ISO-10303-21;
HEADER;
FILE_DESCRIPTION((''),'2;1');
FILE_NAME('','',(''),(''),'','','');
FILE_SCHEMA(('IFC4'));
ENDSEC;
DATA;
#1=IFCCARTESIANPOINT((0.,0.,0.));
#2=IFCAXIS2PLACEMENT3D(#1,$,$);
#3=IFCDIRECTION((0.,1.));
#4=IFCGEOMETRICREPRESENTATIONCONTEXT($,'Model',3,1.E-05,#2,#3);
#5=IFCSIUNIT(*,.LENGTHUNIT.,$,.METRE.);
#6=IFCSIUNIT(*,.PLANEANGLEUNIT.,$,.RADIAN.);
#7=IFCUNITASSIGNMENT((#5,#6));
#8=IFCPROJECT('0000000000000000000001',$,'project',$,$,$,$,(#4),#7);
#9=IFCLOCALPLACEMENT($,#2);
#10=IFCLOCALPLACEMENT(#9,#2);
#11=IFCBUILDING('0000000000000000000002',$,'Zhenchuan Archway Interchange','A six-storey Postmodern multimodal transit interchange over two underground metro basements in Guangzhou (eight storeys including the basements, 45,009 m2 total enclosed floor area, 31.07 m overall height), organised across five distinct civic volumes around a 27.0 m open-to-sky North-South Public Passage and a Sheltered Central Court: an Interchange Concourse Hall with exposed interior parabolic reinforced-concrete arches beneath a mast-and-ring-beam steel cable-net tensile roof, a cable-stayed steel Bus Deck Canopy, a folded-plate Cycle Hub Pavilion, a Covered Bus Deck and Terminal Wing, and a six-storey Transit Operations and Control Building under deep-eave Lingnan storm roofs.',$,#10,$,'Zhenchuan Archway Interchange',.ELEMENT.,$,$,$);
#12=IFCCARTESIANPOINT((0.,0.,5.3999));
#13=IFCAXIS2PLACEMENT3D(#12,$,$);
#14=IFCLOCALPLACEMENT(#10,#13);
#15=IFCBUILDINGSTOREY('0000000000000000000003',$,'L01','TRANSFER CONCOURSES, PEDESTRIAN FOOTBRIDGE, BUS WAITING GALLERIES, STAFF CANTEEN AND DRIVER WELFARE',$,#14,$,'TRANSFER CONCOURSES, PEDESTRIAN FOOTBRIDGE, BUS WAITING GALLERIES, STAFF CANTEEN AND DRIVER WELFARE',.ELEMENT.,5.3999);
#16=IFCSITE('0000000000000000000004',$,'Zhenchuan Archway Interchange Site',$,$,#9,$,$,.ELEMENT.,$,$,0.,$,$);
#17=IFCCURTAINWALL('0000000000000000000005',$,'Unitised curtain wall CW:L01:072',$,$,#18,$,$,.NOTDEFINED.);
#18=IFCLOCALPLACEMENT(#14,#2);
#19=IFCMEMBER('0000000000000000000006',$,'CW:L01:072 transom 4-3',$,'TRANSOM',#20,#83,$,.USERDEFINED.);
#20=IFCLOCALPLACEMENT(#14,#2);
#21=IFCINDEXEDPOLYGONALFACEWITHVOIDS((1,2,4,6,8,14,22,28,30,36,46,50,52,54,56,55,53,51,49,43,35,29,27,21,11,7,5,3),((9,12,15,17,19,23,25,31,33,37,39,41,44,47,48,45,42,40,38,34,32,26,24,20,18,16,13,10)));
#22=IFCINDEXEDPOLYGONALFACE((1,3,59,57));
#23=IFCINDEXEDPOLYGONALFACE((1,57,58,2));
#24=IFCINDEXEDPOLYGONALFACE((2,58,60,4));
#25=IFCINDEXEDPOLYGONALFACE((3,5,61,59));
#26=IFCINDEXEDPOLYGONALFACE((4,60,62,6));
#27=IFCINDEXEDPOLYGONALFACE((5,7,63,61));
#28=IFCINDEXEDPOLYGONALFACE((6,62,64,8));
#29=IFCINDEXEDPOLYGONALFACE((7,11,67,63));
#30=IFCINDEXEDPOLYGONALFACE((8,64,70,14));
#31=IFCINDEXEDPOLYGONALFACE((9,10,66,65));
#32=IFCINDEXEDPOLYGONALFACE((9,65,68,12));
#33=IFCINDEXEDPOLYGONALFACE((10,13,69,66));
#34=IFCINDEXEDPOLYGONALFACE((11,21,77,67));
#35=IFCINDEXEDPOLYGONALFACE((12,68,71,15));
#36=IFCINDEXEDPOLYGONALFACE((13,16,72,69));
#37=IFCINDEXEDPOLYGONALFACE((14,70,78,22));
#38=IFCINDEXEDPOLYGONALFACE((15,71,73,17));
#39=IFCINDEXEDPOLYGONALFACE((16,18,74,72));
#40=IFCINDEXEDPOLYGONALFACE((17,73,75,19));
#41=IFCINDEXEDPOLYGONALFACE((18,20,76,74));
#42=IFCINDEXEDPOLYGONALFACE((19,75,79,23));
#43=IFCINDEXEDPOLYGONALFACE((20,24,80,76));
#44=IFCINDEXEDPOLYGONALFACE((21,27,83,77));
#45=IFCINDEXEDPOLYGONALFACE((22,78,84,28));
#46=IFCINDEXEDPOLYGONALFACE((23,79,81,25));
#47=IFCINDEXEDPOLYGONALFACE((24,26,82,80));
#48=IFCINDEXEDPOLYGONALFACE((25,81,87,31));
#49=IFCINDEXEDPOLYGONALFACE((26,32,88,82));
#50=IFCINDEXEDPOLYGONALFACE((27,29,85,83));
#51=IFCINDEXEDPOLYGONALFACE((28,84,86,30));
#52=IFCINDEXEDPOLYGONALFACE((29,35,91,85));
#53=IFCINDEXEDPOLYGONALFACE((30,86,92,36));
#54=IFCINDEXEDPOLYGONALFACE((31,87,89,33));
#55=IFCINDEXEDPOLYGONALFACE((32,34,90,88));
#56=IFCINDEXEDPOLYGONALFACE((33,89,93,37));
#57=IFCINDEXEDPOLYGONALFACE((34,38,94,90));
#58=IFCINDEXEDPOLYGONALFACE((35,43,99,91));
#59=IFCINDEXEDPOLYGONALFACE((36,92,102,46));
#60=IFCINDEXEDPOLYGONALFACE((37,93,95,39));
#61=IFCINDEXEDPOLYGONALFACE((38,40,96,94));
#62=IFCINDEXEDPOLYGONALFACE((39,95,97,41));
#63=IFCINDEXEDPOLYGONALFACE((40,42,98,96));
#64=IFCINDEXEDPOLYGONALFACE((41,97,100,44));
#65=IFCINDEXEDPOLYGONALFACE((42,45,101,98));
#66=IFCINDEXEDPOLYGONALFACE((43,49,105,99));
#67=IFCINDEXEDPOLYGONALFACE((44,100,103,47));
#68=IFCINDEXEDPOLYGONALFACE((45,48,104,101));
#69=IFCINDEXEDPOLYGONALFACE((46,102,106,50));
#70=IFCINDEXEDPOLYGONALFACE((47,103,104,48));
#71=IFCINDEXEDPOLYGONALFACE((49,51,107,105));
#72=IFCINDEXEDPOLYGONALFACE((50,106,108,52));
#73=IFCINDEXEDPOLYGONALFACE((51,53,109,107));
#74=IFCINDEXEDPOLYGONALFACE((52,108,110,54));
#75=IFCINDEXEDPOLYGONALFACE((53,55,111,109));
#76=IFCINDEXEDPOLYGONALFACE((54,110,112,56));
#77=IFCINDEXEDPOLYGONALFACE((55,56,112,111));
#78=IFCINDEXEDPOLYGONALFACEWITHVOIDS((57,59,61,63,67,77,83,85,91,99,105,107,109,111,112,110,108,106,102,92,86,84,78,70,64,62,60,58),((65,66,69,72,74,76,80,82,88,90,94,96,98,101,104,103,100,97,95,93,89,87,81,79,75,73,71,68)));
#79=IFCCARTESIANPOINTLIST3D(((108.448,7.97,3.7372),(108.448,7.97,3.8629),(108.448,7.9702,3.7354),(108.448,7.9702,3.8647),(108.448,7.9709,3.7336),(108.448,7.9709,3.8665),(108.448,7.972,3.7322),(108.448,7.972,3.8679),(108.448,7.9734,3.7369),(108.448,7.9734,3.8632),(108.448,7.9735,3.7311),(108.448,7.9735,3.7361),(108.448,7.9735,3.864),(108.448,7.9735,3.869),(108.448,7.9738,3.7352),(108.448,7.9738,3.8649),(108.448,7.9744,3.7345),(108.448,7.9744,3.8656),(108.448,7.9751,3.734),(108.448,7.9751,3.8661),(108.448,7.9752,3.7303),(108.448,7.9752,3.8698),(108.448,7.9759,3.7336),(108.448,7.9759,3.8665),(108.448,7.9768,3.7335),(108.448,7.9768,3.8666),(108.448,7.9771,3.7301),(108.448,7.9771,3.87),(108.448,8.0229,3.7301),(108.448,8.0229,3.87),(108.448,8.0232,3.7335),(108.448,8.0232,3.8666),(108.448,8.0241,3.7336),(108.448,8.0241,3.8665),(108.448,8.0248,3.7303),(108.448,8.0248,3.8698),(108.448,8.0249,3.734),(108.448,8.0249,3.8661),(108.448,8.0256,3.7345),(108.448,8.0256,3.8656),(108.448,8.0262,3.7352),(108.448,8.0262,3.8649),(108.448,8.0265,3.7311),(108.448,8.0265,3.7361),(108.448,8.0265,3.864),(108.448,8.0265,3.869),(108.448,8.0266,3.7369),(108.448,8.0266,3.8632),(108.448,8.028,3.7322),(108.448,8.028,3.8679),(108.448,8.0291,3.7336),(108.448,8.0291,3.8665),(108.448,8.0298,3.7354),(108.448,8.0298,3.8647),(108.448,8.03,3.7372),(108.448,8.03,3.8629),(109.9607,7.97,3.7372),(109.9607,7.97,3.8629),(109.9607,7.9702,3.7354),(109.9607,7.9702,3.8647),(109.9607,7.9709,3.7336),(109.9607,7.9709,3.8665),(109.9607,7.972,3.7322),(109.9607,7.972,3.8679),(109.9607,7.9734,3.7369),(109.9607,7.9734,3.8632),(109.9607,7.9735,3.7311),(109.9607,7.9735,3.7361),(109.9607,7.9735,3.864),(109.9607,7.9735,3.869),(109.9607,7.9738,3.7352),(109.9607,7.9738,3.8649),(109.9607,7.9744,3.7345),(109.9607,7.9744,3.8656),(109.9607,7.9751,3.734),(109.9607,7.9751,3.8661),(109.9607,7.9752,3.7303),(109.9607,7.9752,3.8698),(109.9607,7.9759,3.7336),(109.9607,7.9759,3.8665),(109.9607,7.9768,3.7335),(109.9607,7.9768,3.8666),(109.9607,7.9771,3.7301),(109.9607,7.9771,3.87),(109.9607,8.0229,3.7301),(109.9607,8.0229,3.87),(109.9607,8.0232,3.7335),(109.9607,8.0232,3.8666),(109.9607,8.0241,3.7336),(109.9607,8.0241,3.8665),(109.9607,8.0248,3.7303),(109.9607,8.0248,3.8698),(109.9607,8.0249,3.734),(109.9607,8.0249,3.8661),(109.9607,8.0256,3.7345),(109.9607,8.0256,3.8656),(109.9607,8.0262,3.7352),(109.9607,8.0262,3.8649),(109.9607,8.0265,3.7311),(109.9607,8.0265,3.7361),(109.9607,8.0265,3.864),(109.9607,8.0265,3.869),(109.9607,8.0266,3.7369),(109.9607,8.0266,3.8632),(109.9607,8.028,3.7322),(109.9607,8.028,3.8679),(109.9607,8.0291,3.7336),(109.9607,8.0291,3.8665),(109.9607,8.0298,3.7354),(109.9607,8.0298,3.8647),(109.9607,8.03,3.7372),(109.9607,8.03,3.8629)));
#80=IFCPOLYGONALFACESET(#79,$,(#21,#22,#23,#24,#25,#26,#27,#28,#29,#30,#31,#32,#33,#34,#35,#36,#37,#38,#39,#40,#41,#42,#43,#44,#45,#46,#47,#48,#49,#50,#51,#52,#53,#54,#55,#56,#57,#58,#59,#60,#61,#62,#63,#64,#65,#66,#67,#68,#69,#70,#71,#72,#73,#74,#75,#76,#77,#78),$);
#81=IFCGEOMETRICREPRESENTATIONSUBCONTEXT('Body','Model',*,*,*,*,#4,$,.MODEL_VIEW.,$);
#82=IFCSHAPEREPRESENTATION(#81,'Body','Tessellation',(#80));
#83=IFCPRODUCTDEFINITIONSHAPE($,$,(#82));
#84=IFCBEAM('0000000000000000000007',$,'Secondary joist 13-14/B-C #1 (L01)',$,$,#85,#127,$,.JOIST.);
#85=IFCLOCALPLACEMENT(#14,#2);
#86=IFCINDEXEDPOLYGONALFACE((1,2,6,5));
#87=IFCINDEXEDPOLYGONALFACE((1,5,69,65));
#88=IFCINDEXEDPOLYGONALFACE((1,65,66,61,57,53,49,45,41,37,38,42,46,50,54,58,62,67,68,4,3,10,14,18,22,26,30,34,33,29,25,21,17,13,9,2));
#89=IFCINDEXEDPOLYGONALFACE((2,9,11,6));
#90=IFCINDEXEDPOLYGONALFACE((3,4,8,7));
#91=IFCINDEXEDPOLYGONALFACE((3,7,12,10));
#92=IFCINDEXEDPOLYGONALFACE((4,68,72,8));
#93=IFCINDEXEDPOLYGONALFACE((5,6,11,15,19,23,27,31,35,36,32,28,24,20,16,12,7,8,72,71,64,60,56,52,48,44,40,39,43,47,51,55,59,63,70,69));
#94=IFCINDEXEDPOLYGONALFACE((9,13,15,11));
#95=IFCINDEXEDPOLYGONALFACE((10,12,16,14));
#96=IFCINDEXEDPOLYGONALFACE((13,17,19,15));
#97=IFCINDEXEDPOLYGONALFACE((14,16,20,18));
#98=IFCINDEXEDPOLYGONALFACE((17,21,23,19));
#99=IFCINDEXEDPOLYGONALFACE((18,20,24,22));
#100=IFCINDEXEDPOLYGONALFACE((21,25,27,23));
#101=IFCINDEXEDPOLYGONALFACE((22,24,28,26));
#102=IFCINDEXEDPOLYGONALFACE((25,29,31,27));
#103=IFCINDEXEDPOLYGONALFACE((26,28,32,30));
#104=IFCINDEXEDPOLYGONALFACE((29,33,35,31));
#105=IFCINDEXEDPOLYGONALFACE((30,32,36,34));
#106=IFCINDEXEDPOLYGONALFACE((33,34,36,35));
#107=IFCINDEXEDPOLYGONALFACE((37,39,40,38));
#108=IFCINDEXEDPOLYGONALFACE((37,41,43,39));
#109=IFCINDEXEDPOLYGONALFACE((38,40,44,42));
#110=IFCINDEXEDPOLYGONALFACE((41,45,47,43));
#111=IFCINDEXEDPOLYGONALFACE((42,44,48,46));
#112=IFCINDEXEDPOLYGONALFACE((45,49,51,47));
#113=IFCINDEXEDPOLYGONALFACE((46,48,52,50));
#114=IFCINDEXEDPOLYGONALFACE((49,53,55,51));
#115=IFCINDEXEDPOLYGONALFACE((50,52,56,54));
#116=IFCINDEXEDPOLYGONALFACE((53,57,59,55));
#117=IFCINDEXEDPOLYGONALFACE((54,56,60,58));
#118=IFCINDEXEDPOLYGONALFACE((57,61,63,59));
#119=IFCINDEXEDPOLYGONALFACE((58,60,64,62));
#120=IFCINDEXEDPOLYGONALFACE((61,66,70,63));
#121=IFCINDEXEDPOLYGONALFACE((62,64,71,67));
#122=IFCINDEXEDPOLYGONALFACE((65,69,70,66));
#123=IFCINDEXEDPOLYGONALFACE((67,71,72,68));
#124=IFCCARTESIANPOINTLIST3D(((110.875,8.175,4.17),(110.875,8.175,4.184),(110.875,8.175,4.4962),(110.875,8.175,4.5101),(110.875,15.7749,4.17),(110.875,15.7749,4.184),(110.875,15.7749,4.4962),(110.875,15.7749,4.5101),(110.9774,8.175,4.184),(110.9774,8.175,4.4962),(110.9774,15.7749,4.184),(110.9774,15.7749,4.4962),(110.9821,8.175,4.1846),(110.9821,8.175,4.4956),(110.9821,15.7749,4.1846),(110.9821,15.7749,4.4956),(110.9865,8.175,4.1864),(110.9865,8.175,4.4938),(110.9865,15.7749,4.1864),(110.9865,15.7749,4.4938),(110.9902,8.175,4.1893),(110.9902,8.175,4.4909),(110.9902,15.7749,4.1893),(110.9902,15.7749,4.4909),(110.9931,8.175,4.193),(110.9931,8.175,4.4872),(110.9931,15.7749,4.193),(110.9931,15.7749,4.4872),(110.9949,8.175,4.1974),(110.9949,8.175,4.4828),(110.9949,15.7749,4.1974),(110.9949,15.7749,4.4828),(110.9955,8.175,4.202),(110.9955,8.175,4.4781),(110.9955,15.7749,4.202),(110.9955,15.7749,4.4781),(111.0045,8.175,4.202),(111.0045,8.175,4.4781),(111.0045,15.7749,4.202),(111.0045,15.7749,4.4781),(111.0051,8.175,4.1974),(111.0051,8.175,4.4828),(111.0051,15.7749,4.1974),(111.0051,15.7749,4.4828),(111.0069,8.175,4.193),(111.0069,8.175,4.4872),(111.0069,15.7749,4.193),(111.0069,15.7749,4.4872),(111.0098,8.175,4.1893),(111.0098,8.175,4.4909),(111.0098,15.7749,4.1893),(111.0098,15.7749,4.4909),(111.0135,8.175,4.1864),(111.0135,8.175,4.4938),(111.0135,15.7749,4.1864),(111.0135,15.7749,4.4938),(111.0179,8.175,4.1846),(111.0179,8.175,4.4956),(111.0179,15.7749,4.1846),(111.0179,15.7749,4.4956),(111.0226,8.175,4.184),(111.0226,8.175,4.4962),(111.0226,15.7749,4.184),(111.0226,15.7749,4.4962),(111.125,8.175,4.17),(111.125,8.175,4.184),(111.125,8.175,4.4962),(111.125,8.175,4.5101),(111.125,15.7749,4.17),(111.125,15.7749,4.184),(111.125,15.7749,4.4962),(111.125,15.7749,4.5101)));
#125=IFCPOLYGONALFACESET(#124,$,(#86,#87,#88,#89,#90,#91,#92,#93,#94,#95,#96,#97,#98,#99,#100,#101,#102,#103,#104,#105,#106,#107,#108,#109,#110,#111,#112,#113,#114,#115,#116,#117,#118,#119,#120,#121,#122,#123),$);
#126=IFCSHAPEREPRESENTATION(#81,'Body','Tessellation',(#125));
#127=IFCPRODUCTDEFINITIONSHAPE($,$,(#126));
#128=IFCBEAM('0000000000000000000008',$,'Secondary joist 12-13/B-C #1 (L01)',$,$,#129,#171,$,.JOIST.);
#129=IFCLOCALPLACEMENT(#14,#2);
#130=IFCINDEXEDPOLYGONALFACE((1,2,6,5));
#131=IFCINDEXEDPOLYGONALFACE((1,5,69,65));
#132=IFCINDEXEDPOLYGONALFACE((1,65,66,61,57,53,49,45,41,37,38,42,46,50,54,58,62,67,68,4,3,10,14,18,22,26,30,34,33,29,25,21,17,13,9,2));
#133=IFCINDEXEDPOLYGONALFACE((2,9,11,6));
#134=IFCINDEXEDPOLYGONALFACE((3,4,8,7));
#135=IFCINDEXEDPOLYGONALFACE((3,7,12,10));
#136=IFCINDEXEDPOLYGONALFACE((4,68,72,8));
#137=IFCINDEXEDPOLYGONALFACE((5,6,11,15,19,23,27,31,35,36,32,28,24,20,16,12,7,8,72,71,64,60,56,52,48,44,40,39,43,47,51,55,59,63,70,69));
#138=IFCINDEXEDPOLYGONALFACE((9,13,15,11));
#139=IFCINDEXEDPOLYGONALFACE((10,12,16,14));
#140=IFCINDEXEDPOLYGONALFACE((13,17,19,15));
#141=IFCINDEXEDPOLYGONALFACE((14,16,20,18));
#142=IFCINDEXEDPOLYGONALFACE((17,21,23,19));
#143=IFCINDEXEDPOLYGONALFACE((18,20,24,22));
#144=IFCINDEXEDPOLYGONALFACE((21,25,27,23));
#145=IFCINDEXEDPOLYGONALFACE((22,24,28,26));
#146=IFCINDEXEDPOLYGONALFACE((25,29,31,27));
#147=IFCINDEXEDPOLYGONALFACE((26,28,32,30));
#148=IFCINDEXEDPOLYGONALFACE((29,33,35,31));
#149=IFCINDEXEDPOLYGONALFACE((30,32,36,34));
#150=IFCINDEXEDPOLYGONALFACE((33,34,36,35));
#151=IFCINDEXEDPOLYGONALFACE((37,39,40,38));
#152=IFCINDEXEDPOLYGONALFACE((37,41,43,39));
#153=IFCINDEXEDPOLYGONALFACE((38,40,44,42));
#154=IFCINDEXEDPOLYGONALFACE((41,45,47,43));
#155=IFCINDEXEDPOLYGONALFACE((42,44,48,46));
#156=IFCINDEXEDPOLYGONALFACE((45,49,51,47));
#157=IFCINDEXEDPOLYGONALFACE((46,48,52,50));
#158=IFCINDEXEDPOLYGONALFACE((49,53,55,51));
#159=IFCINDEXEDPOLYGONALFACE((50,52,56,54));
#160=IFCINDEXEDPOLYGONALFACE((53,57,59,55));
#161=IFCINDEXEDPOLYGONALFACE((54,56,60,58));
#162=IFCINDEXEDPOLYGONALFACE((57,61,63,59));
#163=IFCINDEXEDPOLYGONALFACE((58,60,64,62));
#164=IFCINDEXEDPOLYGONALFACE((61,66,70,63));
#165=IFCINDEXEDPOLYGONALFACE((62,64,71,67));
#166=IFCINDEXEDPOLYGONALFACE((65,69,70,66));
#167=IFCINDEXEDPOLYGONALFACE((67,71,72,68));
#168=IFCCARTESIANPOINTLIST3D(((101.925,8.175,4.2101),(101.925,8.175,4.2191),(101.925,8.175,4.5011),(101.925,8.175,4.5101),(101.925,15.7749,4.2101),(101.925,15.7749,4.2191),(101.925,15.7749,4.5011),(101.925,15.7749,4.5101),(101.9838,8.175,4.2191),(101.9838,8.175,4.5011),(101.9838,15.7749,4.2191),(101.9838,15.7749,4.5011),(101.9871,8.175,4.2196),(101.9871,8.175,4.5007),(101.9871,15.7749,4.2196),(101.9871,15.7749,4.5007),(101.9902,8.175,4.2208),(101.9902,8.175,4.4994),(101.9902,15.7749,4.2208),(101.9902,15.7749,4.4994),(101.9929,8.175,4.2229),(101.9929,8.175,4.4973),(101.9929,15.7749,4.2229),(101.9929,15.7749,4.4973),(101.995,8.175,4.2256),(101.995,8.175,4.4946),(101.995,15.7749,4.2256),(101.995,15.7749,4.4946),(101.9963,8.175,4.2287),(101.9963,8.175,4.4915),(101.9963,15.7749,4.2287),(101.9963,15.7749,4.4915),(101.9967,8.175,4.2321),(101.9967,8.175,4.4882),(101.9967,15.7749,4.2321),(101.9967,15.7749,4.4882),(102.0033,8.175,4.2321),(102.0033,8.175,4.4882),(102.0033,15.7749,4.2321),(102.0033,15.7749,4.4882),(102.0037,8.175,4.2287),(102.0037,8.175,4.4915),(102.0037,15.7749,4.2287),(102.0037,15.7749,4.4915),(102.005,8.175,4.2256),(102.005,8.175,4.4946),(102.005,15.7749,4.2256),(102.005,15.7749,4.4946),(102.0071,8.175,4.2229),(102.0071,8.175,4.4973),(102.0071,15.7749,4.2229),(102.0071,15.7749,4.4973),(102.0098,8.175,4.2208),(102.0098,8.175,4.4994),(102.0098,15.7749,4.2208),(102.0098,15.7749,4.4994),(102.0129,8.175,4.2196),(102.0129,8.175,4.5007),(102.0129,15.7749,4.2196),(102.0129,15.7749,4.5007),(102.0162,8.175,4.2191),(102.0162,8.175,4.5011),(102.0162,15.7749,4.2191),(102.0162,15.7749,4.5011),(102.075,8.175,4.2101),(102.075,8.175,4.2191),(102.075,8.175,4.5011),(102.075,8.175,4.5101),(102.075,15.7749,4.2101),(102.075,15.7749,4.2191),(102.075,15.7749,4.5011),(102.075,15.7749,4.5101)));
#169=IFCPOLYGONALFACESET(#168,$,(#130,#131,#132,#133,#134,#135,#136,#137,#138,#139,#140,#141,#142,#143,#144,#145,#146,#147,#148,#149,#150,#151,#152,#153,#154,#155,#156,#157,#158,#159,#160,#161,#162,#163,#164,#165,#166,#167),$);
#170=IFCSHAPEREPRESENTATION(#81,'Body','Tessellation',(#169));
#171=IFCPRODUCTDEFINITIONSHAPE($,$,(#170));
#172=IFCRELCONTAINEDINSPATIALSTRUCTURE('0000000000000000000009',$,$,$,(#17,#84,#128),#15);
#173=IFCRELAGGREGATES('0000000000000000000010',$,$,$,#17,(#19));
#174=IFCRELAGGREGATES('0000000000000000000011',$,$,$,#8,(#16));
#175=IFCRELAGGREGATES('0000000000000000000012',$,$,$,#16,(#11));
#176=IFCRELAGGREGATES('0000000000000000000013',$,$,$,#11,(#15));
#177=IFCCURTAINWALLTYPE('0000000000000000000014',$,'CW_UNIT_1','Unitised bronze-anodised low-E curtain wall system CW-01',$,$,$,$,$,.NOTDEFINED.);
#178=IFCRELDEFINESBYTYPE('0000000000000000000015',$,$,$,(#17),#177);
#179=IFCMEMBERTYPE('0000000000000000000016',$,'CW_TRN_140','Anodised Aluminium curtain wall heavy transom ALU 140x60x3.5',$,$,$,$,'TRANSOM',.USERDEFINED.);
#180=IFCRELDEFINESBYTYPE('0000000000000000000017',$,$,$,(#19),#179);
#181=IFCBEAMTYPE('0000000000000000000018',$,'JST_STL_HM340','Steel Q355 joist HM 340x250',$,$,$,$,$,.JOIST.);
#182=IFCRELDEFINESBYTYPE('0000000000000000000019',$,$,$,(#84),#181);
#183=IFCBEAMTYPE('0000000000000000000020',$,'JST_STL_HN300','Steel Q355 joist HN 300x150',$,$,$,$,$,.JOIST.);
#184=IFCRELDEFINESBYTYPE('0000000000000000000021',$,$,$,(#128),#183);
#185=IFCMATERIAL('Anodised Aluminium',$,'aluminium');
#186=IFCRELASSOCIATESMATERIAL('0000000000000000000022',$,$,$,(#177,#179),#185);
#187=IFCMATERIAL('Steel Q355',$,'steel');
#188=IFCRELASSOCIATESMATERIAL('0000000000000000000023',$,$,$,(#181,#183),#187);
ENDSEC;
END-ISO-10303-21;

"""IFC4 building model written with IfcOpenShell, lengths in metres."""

from ifc_helpers import new_model, si_unit, direction, frame, origin, origin_2d, place, context, subcontext, project, spatial, hollow_rectangle, i_section, extrude, material, material_profile, profile_set, type_object, element, aggregate, save


model = new_model("IFC4")

# Units and contexts
model_context = context("Model", 3, precision=1e-05, world=origin(), true_north=direction((0.0, 1.0)))
body_context = subcontext(model_context, "Body", "Model", "MODEL_VIEW")
ifc_project = project(units=[si_unit("LENGTHUNIT", "METRE"), si_unit("PLANEANGLEUNIT", "RADIAN")], contexts=[model_context])

# Site, building, storey
site_placement = place(None, origin())
site = spatial("IfcSite", under=ifc_project, at=site_placement, Name="Zhenchuan Archway Interchange Site", CompositionType="ELEMENT", RefElevation=0.0)
building_placement = place(site_placement, origin())
building = spatial("IfcBuilding", under=site, at=building_placement, Name="Zhenchuan Archway Interchange", Description="A six-storey Postmodern multimodal transit interchange over two underground metro basements in Guangzhou (eight storeys including the basements, 45,009 m2 total enclosed floor area, 31.07 m overall height), organised across five distinct civic volumes around a 27.0 m open-to-sky North-South Public Passage and a Sheltered Central Court: an Interchange Concourse Hall with exposed interior parabolic reinforced-concrete arches beneath a mast-and-ring-beam steel cable-net tensile roof, a cable-stayed steel Bus Deck Canopy, a folded-plate Cycle Hub Pavilion, a Covered Bus Deck and Terminal Wing, and a six-storey Transit Operations and Control Building under deep-eave Lingnan storm roofs.", LongName="Zhenchuan Archway Interchange", CompositionType="ELEMENT")
storey_placement = place(building_placement, frame((0.0, 0.0, 5.3999)))
storey = spatial("IfcBuildingStorey", under=building, at=storey_placement, Name="L01", Description="TRANSFER CONCOURSES, PEDESTRIAN FOOTBRIDGE, BUS WAITING GALLERIES, STAFF CANTEEN AND DRIVER WELFARE", LongName="TRANSFER CONCOURSES, PEDESTRIAN FOOTBRIDGE, BUS WAITING GALLERIES, STAFF CANTEEN AND DRIVER WELFARE", CompositionType="ELEMENT", Elevation=5.3999)

# Curtain wall, member
ifc_material_1 = material(Name="Anodised Aluminium", Category="aluminium")
curtain_wall_type = type_object("IfcCurtainWallType", Name="CW_UNIT_1", Description="Unitised bronze-anodised low-E curtain wall system CW-01", PredefinedType="NOTDEFINED", material=ifc_material_1)
curtain_wall_placement = place(storey_placement, origin())
curtain_wall = element("IfcCurtainWall", 1, at=curtain_wall_placement, inside=storey, type_object=curtain_wall_type, Name="Unitised curtain wall CW:L01:072", PredefinedType="NOTDEFINED")
ifc_material_profile_1 = material_profile(ifc_material_1, hollow_rectangle(XDim=0.0601, YDim=0.1399, WallThickness=0.0034, InnerFilletRadius=0.0034, OuterFilletRadius=0.0071, at=origin_2d()), Name="ALU 140x60x3.5")
ifc_profile_set_1 = profile_set([ifc_material_profile_1], Name="Anodised Aluminium")
member_type_1 = type_object("IfcMemberType", Name="CW_TRN_140", Description="Anodised Aluminium curtain wall heavy transom ALU 140x60x3.5", ElementType="TRANSOM", PredefinedType="USERDEFINED", material=ifc_profile_set_1)
member_1_placement = place(storey_placement, frame((109.9607, 8.0, 3.8), z_axis=(-1.0, 0.0, 0.0), x_axis=(0.0, -1.0, 0.0)))
member_1 = element("IfcMember", 2, at=member_1_placement, type_object=member_type_1, Name="CW:L01:072 transom 4-3", ObjectType="TRANSOM", PredefinedType="USERDEFINED", context=body_context, shape_type="SweptSolid", body=[
    extrude(hollow_rectangle(XDim=0.0601, YDim=0.1399, WallThickness=0.0034, InnerFilletRadius=0.0034, OuterFilletRadius=0.0071, at=origin_2d()), origin(), (0.0, 0.0, 1.0), 1.5127),
])

# Beams
ifc_material_2 = material(Name="Steel Q355", Category="steel")
ifc_material_profile_2 = material_profile(ifc_material_2, i_section(OverallWidth=0.25, OverallDepth=0.3401, WebThickness=0.009, FlangeThickness=0.0139, FilletRadius=0.0181, at=origin_2d()), Name="HM 340x250")
ifc_profile_set_2 = profile_set([ifc_material_profile_2], Name="Steel Q355")
beam_type_1 = type_object("IfcBeamType", Name="JST_STL_HM340", Description="Steel Q355 joist HM 340x250", PredefinedType="JOIST", material=ifc_profile_set_2)
beam_1_placement = place(storey_placement, frame((111.0, 8.175, 4.3401), z_axis=(0.0, 1.0, 0.0), x_axis=(-1.0, 0.0, 0.0)))
element("IfcBeam", 3, at=beam_1_placement, inside=storey, type_object=beam_type_1, Name="Secondary joist 13-14/B-C #1 (L01)", PredefinedType="JOIST", context=body_context, shape_type="SweptSolid", body=[
    extrude(i_section(OverallWidth=0.25, OverallDepth=0.3401, WebThickness=0.009, FlangeThickness=0.0139, FilletRadius=0.0181, at=origin_2d()), origin(), (0.0, 0.0, 1.0), 7.5999),
])
ifc_material_profile_3 = material_profile(ifc_material_2, i_section(OverallWidth=0.1499, OverallDepth=0.3, WebThickness=0.0066, FlangeThickness=0.009, FilletRadius=0.0129, at=origin_2d()), Name="HN 300x150")
ifc_profile_set_3 = profile_set([ifc_material_profile_3], Name="Steel Q355")
beam_type_2 = type_object("IfcBeamType", Name="JST_STL_HN300", Description="Steel Q355 joist HN 300x150", PredefinedType="JOIST", material=ifc_profile_set_3)
for number, where, z_axis, x_axis, name in (
    (4, (102.0, 8.175, 4.3601), (0.0, 1.0, 0.0), (-1.0, 0.0, 0.0), "Secondary joist 12-13/B-C #1 (L01)"),
):
    element("IfcBeam", number, at=place(storey_placement, frame(where, z_axis=z_axis, x_axis=x_axis)), inside=storey, type_object=beam_type_2, Name=name, PredefinedType="JOIST", context=body_context, shape_type="SweptSolid", body=[
        extrude(i_section(OverallWidth=0.1499, OverallDepth=0.3, WebThickness=0.0066, FlangeThickness=0.009, FilletRadius=0.0129, at=origin_2d()), origin(), (0.0, 0.0, 1.0), 7.5999),
    ])

aggregate(curtain_wall, [member_1])

save(model, "model.ifc")
